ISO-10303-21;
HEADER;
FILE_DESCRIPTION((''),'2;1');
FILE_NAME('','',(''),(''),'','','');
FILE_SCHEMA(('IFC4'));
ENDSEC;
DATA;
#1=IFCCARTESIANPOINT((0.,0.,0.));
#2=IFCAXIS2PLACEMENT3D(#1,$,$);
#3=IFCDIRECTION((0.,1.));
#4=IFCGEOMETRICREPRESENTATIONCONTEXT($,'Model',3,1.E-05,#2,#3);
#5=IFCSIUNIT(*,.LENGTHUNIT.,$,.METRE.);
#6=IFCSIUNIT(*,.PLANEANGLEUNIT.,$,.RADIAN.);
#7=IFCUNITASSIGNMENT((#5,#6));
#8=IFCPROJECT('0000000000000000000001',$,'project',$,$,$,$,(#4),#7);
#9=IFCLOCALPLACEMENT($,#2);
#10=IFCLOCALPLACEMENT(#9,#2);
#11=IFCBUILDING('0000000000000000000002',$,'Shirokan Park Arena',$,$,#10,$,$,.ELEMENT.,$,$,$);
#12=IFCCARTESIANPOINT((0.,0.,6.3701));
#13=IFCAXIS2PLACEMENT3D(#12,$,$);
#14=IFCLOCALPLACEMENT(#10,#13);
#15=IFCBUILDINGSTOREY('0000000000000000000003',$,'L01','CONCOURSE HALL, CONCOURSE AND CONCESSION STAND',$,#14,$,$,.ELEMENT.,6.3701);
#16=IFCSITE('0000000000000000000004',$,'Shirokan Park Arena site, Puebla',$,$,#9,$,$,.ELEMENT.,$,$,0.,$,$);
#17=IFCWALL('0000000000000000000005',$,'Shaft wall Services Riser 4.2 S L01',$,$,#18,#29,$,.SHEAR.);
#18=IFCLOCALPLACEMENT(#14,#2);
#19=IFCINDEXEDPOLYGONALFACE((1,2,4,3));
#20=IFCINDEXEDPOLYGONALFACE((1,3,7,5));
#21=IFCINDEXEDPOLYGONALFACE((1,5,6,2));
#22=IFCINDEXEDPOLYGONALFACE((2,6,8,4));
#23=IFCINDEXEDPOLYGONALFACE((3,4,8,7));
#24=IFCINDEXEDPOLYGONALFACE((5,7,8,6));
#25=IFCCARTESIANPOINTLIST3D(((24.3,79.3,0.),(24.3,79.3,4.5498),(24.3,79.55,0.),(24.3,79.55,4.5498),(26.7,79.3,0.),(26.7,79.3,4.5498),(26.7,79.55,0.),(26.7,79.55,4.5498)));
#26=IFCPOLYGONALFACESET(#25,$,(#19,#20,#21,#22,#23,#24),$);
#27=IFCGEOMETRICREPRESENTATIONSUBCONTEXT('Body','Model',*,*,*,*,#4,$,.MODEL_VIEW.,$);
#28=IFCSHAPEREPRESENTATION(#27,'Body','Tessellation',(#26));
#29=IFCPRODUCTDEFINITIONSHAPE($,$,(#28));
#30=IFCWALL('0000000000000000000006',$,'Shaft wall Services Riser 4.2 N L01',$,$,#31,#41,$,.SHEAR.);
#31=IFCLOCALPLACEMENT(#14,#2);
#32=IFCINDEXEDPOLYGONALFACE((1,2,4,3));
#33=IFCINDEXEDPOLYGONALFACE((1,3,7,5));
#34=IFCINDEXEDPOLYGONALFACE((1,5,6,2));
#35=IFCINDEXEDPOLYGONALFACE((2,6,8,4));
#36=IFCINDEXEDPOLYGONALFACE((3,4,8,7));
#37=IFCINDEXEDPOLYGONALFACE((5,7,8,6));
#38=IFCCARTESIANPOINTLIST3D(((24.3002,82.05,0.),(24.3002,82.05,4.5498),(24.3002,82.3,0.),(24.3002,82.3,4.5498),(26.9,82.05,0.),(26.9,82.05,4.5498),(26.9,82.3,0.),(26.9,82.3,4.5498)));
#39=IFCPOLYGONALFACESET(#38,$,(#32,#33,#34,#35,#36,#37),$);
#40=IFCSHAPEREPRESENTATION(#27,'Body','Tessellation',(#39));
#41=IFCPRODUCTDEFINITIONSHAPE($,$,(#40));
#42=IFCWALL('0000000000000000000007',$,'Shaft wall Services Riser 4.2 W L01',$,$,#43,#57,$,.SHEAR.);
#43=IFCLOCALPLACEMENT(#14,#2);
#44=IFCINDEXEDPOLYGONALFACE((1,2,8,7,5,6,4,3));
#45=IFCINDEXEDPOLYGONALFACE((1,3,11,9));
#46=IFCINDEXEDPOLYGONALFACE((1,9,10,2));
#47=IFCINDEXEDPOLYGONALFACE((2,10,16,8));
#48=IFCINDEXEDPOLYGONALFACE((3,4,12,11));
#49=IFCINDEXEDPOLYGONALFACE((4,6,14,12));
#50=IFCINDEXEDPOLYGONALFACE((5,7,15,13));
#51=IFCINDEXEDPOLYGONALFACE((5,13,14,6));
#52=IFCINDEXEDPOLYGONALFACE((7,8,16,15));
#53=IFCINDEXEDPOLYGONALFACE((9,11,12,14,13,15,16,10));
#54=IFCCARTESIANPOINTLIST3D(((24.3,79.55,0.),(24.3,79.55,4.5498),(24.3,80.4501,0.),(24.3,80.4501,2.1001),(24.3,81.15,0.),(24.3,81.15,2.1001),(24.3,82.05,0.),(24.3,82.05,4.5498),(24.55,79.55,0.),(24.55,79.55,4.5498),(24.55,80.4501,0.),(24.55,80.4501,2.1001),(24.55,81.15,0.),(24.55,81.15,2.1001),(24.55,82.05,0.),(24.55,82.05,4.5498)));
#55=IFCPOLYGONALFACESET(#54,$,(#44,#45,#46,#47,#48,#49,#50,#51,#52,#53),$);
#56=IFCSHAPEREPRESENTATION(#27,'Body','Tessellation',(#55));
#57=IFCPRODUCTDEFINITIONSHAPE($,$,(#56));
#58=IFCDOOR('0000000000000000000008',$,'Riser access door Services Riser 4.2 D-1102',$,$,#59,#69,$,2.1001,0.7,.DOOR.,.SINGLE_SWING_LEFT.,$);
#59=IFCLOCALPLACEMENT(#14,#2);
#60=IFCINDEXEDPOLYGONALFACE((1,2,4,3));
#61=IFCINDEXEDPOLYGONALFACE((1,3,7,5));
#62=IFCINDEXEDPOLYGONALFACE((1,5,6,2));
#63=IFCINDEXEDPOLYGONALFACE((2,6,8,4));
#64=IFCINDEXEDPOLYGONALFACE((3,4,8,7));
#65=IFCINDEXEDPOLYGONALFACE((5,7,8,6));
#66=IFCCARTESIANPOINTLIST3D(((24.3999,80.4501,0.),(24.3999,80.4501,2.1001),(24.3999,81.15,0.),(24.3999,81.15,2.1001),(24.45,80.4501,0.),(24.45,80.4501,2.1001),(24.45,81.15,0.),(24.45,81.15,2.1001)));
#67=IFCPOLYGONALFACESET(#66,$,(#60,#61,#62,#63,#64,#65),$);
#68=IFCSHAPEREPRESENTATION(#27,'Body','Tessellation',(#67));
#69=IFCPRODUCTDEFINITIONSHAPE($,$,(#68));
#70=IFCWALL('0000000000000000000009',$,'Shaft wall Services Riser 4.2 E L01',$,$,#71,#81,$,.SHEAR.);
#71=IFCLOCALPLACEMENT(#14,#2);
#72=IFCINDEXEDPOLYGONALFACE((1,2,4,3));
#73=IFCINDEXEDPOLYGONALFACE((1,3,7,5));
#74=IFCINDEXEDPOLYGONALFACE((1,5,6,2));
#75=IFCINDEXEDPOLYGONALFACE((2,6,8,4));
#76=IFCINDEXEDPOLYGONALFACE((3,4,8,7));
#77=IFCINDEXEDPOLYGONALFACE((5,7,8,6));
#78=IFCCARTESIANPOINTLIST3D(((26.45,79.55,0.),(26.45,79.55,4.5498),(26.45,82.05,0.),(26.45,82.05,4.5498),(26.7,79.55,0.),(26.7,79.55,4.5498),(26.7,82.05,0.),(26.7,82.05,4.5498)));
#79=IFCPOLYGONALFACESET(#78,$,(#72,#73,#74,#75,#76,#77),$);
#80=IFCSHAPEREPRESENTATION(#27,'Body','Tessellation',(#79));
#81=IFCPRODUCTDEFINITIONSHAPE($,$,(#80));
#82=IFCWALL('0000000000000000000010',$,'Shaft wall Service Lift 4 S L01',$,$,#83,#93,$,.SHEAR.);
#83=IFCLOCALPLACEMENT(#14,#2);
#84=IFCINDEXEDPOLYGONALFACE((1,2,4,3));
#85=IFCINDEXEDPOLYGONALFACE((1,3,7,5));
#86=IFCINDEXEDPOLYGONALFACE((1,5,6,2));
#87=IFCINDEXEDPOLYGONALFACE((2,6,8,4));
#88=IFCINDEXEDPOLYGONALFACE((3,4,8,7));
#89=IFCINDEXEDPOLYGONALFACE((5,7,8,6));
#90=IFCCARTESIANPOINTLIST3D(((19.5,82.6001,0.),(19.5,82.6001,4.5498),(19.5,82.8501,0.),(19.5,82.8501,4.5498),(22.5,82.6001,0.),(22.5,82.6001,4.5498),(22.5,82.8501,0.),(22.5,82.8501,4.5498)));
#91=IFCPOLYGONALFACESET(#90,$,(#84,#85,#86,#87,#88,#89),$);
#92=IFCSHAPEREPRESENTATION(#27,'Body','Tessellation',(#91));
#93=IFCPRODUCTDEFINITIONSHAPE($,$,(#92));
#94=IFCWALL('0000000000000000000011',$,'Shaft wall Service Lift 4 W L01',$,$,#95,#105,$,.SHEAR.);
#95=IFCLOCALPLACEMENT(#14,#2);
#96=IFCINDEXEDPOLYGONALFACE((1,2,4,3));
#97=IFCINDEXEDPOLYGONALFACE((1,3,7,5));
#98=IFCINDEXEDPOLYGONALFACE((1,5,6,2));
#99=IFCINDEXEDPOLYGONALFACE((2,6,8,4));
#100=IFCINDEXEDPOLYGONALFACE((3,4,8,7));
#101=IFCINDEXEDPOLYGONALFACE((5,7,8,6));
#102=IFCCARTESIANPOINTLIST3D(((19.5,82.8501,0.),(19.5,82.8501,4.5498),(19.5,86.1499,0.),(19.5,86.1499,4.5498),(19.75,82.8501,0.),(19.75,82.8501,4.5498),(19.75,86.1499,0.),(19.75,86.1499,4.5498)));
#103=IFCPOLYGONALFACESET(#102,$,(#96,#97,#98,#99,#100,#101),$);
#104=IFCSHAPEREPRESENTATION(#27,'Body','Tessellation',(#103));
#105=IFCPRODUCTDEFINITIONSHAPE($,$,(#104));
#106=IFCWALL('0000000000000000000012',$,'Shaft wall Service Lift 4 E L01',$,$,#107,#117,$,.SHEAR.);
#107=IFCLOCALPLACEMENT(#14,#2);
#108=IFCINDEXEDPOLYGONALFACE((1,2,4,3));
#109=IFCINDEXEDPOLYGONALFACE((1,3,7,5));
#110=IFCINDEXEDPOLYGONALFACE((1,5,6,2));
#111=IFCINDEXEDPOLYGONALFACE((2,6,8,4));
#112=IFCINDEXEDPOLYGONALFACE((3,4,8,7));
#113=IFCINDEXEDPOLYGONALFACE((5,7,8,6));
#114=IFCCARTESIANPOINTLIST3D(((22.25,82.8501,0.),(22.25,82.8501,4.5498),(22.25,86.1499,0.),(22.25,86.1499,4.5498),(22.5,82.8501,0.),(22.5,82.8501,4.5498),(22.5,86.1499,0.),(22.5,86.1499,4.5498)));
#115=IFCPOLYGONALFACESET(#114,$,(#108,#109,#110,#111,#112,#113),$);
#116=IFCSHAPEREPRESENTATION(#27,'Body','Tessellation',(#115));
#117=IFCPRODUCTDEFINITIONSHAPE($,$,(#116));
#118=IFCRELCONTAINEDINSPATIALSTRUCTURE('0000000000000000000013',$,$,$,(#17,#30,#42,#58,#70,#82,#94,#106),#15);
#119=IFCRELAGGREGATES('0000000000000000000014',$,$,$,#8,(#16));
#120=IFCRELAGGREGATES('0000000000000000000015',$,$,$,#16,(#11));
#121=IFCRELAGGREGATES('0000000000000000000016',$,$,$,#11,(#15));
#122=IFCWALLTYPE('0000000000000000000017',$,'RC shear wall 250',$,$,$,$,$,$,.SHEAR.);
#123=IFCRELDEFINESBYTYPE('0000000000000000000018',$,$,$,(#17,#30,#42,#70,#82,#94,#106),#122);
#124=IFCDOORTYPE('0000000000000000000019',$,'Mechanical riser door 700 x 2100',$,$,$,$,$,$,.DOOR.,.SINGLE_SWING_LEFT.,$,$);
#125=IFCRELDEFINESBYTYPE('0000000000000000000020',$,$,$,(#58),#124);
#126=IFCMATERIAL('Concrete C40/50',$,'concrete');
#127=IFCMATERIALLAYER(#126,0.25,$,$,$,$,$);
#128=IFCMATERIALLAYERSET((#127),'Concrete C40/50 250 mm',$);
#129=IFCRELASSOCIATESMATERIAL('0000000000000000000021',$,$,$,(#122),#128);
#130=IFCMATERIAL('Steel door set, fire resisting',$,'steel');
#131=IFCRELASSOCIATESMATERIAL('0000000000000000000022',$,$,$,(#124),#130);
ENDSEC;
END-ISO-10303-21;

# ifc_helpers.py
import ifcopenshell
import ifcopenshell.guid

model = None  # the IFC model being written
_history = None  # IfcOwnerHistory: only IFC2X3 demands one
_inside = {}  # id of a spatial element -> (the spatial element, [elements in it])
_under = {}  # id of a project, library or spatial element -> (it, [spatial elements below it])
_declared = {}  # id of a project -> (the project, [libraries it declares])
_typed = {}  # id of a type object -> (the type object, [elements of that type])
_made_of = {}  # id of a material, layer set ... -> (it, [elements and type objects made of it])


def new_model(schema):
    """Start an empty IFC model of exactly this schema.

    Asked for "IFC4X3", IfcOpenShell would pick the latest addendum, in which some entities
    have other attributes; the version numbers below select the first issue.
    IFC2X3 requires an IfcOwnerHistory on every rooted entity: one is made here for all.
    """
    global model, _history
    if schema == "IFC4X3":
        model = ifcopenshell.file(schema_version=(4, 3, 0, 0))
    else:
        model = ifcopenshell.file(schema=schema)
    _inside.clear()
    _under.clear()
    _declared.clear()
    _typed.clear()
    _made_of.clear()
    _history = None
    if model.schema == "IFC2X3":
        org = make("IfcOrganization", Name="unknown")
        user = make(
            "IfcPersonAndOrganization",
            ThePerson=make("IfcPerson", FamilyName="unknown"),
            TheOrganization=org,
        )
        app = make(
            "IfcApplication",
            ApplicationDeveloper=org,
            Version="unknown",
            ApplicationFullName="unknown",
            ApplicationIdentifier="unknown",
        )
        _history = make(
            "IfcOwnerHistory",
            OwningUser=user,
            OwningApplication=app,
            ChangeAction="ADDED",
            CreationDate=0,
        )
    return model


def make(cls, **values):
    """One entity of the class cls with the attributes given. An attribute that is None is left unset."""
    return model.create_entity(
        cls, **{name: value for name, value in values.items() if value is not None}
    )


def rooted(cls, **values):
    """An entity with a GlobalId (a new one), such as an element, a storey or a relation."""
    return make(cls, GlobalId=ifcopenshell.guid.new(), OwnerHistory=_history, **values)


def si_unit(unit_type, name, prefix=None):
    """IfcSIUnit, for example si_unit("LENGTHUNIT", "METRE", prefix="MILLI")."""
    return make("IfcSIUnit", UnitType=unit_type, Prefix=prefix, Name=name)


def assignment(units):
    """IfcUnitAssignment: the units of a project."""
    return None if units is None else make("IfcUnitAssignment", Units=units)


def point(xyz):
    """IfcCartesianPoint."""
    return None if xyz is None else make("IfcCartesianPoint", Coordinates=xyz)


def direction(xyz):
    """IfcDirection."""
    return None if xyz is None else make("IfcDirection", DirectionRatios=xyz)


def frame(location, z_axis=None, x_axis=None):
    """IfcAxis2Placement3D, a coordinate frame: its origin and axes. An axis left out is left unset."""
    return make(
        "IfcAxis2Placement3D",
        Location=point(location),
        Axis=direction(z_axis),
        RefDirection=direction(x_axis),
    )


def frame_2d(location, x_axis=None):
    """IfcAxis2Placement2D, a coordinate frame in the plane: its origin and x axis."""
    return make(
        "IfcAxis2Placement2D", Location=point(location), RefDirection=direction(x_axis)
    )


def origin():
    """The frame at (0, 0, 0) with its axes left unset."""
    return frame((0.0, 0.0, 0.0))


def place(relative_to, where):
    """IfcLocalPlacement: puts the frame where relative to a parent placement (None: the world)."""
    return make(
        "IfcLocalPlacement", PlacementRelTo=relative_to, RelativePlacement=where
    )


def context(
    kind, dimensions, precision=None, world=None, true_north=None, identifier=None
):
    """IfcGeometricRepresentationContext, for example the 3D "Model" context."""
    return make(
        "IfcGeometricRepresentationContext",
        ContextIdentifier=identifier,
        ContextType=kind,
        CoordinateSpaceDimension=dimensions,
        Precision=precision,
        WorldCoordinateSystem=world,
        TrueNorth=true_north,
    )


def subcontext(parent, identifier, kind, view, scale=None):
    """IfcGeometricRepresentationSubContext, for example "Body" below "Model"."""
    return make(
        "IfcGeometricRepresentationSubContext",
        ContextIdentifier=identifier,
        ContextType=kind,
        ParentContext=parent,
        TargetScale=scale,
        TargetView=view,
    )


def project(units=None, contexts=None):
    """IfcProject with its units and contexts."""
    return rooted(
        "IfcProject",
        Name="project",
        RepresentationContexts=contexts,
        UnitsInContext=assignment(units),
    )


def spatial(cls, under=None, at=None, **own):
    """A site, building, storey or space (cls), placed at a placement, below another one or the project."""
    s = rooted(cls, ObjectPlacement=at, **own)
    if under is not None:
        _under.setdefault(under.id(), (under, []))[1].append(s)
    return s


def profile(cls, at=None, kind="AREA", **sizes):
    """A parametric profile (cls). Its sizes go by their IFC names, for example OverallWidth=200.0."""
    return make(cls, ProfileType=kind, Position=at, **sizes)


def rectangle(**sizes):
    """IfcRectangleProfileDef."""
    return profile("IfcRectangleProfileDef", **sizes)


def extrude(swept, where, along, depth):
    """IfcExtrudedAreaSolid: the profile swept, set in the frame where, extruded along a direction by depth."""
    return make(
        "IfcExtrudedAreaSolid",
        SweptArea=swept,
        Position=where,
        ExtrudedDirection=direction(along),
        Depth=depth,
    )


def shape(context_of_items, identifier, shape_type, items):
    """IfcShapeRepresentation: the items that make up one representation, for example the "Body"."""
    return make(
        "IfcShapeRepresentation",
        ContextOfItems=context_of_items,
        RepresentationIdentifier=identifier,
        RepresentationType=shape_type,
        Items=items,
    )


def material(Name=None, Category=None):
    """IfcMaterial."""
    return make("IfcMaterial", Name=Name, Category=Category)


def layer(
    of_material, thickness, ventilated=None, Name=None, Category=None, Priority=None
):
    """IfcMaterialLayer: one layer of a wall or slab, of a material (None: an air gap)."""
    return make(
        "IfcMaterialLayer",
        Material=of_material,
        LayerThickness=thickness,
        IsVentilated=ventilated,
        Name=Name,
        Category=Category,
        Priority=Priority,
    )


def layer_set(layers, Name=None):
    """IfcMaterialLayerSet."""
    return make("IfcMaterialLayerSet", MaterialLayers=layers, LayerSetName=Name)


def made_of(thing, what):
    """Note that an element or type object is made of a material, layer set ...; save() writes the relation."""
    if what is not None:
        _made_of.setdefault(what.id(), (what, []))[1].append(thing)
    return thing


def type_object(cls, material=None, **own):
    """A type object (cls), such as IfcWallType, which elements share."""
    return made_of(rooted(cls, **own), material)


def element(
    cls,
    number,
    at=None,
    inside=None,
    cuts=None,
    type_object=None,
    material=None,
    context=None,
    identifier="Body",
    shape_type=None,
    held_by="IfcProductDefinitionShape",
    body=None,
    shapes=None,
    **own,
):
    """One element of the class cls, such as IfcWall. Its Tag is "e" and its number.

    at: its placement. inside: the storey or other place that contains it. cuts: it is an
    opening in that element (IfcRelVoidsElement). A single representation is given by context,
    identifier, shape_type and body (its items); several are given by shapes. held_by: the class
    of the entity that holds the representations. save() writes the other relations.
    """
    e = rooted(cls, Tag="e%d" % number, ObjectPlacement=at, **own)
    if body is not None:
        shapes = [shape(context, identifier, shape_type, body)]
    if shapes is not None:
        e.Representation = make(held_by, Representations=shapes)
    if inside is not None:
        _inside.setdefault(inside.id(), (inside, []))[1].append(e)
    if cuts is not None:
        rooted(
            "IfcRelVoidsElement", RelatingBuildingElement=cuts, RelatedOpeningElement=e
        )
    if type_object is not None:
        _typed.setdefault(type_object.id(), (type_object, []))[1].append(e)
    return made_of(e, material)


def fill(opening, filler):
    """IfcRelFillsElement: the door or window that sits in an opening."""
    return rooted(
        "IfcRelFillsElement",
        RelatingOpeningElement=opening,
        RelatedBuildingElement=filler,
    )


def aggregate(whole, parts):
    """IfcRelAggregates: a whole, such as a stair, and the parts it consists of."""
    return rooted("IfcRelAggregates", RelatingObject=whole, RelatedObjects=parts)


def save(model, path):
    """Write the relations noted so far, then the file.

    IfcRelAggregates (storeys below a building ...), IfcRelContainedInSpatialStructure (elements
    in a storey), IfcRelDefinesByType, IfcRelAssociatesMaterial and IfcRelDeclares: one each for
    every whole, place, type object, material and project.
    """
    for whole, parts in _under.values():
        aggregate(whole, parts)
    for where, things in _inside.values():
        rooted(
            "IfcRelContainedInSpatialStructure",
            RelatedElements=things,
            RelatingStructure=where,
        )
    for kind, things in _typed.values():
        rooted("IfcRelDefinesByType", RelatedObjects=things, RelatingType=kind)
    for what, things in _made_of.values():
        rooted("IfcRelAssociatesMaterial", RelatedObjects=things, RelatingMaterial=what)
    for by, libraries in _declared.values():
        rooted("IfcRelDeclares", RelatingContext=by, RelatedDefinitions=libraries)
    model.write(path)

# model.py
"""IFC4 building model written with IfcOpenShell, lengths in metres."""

from ifc_helpers import new_model, si_unit, direction, frame, frame_2d, origin, place, context, subcontext, project, spatial, rectangle, extrude, material, layer, layer_set, type_object, element, fill, save


model = new_model("IFC4")

# Units and contexts
model_context = context("Model", 3, precision=1e-05, world=origin(), true_north=direction((0.0, 1.0)))
body_context = subcontext(model_context, "Body", "Model", "MODEL_VIEW")
ifc_project = project(units=[si_unit("LENGTHUNIT", "METRE"), si_unit("PLANEANGLEUNIT", "RADIAN")], contexts=[model_context])

# Site, building, storey
site_placement = place(None, origin())
site = spatial("IfcSite", under=ifc_project, at=site_placement, Name="Shirokan Park Arena site, Puebla", CompositionType="ELEMENT", RefElevation=0.0)
building_placement = place(site_placement, origin())
building = spatial("IfcBuilding", under=site, at=building_placement, Name="Shirokan Park Arena", CompositionType="ELEMENT")
storey_placement = place(building_placement, frame((0.0, 0.0, 6.3701)))
storey = spatial("IfcBuildingStorey", under=building, at=storey_placement, Name="L01", Description="CONCOURSE HALL, CONCOURSE AND CONCESSION STAND", CompositionType="ELEMENT", Elevation=6.3701)

# Walls
ifc_material_1 = material(Name="Concrete C40/50", Category="concrete")
ifc_layer_1 = layer(ifc_material_1, 0.25)
ifc_layer_set_1 = layer_set([ifc_layer_1], Name="Concrete C40/50 250 mm")
wall_type_1 = type_object("IfcWallType", Name="RC shear wall 250", PredefinedType="SHEAR", material=ifc_layer_set_1)
wall_1_placement = place(storey_placement, frame((26.7, 79.425, 0.0), z_axis=(0.0, 0.0, 1.0), x_axis=(-1.0, 0.0, 0.0)))
element("IfcWall", 1, at=wall_1_placement, inside=storey, type_object=wall_type_1, Name="Shaft wall Services Riser 4.2 S L01", PredefinedType="SHEAR", context=body_context, shape_type="SweptSolid", body=[
    extrude(rectangle(XDim=2.3999, YDim=0.25, at=frame_2d((1.2, 0.0))), origin(), (0.0, 0.0, 1.0), 4.5498),
])
wall_2_placement = place(storey_placement, frame((26.8999, 82.175, 0.0), z_axis=(0.0, 0.0, 1.0), x_axis=(-1.0, 0.0, 0.0)))
element("IfcWall", 2, at=wall_2_placement, inside=storey, type_object=wall_type_1, Name="Shaft wall Services Riser 4.2 N L01", PredefinedType="SHEAR", context=body_context, shape_type="SweptSolid", body=[
    extrude(rectangle(XDim=2.5999, YDim=0.25, at=frame_2d((1.2998, 0.0))), origin(), (0.0, 0.0, 1.0), 4.5498),
])

# Wall, opening, door
wall_3_placement = place(storey_placement, frame((24.425, 82.05, 0.0), z_axis=(0.0, 0.0, 1.0), x_axis=(0.0, -1.0, 0.0)))
wall_3 = element("IfcWall", 3, at=wall_3_placement, inside=storey, type_object=wall_type_1, Name="Shaft wall Services Riser 4.2 W L01", PredefinedType="SHEAR", context=body_context, shape_type="SweptSolid", body=[
    extrude(rectangle(XDim=2.5, YDim=0.25, at=frame_2d((1.25, 0.0))), origin(), (0.0, 0.0, 1.0), 4.5498),
])
opening_placement = place(wall_3_placement, frame((0.8999, 0.0, 0.0)))
opening = element("IfcOpeningElement", 4, at=opening_placement, cuts=wall_3, PredefinedType="OPENING", context=body_context, shape_type="SweptSolid", body=[
    extrude(rectangle(XDim=0.7, YDim=2.1001, at=frame_2d((0.3501, 1.05))), frame((0.0, 0.135, 0.0), z_axis=(0.0, -1.0, 0.0), x_axis=(1.0, 0.0, 0.0)), (0.0, 0.0, 1.0), 0.27),
])
ifc_material_2 = material(Name="Steel door set, fire resisting", Category="steel")
door_type = type_object("IfcDoorType", Name="Mechanical riser door 700 x 2100", OperationType="SINGLE_SWING_LEFT", PredefinedType="DOOR", material=ifc_material_2)
door_placement = place(opening_placement, origin())
door = element("IfcDoor", 5, at=door_placement, inside=storey, type_object=door_type, Name="Riser access door Services Riser 4.2 D-1102", OperationType="SINGLE_SWING_LEFT", OverallHeight=2.1001, OverallWidth=0.7, PredefinedType="DOOR", context=body_context, shape_type="SweptSolid", body=[
    extrude(rectangle(XDim=0.7, YDim=2.1001, at=frame_2d((0.3501, 1.05))), frame((0.0, 0.0249, 0.0), z_axis=(0.0, -1.0, 0.0), x_axis=(1.0, 0.0, 0.0)), (0.0, 0.0, 1.0), 0.05),
])
fill(opening, door)

# Walls
wall_4_placement = place(storey_placement, frame((26.575, 82.05, 0.0), z_axis=(0.0, 0.0, 1.0), x_axis=(0.0, -1.0, 0.0)))
element("IfcWall", 6, at=wall_4_placement, inside=storey, type_object=wall_type_1, Name="Shaft wall Services Riser 4.2 E L01", PredefinedType="SHEAR", context=body_context, shape_type="SweptSolid", body=[
    extrude(rectangle(XDim=2.5, YDim=0.25, at=frame_2d((1.25, 0.0))), origin(), (0.0, 0.0, 1.0), 4.5498),
])
wall_5_placement = place(storey_placement, frame((22.5, 82.7251, 0.0), z_axis=(0.0, 0.0, 1.0), x_axis=(-1.0, 0.0, 0.0)))
element("IfcWall", 7, at=wall_5_placement, inside=storey, type_object=wall_type_1, Name="Shaft wall Service Lift 4 S L01", PredefinedType="SHEAR", context=body_context, shape_type="SweptSolid", body=[
    extrude(rectangle(XDim=3.0, YDim=0.25, at=frame_2d((1.5, 0.0))), origin(), (0.0, 0.0, 1.0), 4.5498),
])
for number, where, z_axis, x_axis, name in (
    (8, (19.625, 86.1499, 0.0), (0.0, 0.0, 1.0), (0.0, -1.0, 0.0), "Shaft wall Service Lift 4 W L01"),
    (9, (22.375, 86.1499, 0.0), (0.0, 0.0, 1.0), (0.0, -1.0, 0.0), "Shaft wall Service Lift 4 E L01"),
):
    element("IfcWall", number, at=place(storey_placement, frame(where, z_axis=z_axis, x_axis=x_axis)), inside=storey, type_object=wall_type_1, Name=name, PredefinedType="SHEAR", context=body_context, shape_type="SweptSolid", body=[
        extrude(rectangle(XDim=3.2998, YDim=0.25, at=frame_2d((1.6499, 0.0))), origin(), (0.0, 0.0, 1.0), 4.5498),
    ])

save(model, "model.ifc")
